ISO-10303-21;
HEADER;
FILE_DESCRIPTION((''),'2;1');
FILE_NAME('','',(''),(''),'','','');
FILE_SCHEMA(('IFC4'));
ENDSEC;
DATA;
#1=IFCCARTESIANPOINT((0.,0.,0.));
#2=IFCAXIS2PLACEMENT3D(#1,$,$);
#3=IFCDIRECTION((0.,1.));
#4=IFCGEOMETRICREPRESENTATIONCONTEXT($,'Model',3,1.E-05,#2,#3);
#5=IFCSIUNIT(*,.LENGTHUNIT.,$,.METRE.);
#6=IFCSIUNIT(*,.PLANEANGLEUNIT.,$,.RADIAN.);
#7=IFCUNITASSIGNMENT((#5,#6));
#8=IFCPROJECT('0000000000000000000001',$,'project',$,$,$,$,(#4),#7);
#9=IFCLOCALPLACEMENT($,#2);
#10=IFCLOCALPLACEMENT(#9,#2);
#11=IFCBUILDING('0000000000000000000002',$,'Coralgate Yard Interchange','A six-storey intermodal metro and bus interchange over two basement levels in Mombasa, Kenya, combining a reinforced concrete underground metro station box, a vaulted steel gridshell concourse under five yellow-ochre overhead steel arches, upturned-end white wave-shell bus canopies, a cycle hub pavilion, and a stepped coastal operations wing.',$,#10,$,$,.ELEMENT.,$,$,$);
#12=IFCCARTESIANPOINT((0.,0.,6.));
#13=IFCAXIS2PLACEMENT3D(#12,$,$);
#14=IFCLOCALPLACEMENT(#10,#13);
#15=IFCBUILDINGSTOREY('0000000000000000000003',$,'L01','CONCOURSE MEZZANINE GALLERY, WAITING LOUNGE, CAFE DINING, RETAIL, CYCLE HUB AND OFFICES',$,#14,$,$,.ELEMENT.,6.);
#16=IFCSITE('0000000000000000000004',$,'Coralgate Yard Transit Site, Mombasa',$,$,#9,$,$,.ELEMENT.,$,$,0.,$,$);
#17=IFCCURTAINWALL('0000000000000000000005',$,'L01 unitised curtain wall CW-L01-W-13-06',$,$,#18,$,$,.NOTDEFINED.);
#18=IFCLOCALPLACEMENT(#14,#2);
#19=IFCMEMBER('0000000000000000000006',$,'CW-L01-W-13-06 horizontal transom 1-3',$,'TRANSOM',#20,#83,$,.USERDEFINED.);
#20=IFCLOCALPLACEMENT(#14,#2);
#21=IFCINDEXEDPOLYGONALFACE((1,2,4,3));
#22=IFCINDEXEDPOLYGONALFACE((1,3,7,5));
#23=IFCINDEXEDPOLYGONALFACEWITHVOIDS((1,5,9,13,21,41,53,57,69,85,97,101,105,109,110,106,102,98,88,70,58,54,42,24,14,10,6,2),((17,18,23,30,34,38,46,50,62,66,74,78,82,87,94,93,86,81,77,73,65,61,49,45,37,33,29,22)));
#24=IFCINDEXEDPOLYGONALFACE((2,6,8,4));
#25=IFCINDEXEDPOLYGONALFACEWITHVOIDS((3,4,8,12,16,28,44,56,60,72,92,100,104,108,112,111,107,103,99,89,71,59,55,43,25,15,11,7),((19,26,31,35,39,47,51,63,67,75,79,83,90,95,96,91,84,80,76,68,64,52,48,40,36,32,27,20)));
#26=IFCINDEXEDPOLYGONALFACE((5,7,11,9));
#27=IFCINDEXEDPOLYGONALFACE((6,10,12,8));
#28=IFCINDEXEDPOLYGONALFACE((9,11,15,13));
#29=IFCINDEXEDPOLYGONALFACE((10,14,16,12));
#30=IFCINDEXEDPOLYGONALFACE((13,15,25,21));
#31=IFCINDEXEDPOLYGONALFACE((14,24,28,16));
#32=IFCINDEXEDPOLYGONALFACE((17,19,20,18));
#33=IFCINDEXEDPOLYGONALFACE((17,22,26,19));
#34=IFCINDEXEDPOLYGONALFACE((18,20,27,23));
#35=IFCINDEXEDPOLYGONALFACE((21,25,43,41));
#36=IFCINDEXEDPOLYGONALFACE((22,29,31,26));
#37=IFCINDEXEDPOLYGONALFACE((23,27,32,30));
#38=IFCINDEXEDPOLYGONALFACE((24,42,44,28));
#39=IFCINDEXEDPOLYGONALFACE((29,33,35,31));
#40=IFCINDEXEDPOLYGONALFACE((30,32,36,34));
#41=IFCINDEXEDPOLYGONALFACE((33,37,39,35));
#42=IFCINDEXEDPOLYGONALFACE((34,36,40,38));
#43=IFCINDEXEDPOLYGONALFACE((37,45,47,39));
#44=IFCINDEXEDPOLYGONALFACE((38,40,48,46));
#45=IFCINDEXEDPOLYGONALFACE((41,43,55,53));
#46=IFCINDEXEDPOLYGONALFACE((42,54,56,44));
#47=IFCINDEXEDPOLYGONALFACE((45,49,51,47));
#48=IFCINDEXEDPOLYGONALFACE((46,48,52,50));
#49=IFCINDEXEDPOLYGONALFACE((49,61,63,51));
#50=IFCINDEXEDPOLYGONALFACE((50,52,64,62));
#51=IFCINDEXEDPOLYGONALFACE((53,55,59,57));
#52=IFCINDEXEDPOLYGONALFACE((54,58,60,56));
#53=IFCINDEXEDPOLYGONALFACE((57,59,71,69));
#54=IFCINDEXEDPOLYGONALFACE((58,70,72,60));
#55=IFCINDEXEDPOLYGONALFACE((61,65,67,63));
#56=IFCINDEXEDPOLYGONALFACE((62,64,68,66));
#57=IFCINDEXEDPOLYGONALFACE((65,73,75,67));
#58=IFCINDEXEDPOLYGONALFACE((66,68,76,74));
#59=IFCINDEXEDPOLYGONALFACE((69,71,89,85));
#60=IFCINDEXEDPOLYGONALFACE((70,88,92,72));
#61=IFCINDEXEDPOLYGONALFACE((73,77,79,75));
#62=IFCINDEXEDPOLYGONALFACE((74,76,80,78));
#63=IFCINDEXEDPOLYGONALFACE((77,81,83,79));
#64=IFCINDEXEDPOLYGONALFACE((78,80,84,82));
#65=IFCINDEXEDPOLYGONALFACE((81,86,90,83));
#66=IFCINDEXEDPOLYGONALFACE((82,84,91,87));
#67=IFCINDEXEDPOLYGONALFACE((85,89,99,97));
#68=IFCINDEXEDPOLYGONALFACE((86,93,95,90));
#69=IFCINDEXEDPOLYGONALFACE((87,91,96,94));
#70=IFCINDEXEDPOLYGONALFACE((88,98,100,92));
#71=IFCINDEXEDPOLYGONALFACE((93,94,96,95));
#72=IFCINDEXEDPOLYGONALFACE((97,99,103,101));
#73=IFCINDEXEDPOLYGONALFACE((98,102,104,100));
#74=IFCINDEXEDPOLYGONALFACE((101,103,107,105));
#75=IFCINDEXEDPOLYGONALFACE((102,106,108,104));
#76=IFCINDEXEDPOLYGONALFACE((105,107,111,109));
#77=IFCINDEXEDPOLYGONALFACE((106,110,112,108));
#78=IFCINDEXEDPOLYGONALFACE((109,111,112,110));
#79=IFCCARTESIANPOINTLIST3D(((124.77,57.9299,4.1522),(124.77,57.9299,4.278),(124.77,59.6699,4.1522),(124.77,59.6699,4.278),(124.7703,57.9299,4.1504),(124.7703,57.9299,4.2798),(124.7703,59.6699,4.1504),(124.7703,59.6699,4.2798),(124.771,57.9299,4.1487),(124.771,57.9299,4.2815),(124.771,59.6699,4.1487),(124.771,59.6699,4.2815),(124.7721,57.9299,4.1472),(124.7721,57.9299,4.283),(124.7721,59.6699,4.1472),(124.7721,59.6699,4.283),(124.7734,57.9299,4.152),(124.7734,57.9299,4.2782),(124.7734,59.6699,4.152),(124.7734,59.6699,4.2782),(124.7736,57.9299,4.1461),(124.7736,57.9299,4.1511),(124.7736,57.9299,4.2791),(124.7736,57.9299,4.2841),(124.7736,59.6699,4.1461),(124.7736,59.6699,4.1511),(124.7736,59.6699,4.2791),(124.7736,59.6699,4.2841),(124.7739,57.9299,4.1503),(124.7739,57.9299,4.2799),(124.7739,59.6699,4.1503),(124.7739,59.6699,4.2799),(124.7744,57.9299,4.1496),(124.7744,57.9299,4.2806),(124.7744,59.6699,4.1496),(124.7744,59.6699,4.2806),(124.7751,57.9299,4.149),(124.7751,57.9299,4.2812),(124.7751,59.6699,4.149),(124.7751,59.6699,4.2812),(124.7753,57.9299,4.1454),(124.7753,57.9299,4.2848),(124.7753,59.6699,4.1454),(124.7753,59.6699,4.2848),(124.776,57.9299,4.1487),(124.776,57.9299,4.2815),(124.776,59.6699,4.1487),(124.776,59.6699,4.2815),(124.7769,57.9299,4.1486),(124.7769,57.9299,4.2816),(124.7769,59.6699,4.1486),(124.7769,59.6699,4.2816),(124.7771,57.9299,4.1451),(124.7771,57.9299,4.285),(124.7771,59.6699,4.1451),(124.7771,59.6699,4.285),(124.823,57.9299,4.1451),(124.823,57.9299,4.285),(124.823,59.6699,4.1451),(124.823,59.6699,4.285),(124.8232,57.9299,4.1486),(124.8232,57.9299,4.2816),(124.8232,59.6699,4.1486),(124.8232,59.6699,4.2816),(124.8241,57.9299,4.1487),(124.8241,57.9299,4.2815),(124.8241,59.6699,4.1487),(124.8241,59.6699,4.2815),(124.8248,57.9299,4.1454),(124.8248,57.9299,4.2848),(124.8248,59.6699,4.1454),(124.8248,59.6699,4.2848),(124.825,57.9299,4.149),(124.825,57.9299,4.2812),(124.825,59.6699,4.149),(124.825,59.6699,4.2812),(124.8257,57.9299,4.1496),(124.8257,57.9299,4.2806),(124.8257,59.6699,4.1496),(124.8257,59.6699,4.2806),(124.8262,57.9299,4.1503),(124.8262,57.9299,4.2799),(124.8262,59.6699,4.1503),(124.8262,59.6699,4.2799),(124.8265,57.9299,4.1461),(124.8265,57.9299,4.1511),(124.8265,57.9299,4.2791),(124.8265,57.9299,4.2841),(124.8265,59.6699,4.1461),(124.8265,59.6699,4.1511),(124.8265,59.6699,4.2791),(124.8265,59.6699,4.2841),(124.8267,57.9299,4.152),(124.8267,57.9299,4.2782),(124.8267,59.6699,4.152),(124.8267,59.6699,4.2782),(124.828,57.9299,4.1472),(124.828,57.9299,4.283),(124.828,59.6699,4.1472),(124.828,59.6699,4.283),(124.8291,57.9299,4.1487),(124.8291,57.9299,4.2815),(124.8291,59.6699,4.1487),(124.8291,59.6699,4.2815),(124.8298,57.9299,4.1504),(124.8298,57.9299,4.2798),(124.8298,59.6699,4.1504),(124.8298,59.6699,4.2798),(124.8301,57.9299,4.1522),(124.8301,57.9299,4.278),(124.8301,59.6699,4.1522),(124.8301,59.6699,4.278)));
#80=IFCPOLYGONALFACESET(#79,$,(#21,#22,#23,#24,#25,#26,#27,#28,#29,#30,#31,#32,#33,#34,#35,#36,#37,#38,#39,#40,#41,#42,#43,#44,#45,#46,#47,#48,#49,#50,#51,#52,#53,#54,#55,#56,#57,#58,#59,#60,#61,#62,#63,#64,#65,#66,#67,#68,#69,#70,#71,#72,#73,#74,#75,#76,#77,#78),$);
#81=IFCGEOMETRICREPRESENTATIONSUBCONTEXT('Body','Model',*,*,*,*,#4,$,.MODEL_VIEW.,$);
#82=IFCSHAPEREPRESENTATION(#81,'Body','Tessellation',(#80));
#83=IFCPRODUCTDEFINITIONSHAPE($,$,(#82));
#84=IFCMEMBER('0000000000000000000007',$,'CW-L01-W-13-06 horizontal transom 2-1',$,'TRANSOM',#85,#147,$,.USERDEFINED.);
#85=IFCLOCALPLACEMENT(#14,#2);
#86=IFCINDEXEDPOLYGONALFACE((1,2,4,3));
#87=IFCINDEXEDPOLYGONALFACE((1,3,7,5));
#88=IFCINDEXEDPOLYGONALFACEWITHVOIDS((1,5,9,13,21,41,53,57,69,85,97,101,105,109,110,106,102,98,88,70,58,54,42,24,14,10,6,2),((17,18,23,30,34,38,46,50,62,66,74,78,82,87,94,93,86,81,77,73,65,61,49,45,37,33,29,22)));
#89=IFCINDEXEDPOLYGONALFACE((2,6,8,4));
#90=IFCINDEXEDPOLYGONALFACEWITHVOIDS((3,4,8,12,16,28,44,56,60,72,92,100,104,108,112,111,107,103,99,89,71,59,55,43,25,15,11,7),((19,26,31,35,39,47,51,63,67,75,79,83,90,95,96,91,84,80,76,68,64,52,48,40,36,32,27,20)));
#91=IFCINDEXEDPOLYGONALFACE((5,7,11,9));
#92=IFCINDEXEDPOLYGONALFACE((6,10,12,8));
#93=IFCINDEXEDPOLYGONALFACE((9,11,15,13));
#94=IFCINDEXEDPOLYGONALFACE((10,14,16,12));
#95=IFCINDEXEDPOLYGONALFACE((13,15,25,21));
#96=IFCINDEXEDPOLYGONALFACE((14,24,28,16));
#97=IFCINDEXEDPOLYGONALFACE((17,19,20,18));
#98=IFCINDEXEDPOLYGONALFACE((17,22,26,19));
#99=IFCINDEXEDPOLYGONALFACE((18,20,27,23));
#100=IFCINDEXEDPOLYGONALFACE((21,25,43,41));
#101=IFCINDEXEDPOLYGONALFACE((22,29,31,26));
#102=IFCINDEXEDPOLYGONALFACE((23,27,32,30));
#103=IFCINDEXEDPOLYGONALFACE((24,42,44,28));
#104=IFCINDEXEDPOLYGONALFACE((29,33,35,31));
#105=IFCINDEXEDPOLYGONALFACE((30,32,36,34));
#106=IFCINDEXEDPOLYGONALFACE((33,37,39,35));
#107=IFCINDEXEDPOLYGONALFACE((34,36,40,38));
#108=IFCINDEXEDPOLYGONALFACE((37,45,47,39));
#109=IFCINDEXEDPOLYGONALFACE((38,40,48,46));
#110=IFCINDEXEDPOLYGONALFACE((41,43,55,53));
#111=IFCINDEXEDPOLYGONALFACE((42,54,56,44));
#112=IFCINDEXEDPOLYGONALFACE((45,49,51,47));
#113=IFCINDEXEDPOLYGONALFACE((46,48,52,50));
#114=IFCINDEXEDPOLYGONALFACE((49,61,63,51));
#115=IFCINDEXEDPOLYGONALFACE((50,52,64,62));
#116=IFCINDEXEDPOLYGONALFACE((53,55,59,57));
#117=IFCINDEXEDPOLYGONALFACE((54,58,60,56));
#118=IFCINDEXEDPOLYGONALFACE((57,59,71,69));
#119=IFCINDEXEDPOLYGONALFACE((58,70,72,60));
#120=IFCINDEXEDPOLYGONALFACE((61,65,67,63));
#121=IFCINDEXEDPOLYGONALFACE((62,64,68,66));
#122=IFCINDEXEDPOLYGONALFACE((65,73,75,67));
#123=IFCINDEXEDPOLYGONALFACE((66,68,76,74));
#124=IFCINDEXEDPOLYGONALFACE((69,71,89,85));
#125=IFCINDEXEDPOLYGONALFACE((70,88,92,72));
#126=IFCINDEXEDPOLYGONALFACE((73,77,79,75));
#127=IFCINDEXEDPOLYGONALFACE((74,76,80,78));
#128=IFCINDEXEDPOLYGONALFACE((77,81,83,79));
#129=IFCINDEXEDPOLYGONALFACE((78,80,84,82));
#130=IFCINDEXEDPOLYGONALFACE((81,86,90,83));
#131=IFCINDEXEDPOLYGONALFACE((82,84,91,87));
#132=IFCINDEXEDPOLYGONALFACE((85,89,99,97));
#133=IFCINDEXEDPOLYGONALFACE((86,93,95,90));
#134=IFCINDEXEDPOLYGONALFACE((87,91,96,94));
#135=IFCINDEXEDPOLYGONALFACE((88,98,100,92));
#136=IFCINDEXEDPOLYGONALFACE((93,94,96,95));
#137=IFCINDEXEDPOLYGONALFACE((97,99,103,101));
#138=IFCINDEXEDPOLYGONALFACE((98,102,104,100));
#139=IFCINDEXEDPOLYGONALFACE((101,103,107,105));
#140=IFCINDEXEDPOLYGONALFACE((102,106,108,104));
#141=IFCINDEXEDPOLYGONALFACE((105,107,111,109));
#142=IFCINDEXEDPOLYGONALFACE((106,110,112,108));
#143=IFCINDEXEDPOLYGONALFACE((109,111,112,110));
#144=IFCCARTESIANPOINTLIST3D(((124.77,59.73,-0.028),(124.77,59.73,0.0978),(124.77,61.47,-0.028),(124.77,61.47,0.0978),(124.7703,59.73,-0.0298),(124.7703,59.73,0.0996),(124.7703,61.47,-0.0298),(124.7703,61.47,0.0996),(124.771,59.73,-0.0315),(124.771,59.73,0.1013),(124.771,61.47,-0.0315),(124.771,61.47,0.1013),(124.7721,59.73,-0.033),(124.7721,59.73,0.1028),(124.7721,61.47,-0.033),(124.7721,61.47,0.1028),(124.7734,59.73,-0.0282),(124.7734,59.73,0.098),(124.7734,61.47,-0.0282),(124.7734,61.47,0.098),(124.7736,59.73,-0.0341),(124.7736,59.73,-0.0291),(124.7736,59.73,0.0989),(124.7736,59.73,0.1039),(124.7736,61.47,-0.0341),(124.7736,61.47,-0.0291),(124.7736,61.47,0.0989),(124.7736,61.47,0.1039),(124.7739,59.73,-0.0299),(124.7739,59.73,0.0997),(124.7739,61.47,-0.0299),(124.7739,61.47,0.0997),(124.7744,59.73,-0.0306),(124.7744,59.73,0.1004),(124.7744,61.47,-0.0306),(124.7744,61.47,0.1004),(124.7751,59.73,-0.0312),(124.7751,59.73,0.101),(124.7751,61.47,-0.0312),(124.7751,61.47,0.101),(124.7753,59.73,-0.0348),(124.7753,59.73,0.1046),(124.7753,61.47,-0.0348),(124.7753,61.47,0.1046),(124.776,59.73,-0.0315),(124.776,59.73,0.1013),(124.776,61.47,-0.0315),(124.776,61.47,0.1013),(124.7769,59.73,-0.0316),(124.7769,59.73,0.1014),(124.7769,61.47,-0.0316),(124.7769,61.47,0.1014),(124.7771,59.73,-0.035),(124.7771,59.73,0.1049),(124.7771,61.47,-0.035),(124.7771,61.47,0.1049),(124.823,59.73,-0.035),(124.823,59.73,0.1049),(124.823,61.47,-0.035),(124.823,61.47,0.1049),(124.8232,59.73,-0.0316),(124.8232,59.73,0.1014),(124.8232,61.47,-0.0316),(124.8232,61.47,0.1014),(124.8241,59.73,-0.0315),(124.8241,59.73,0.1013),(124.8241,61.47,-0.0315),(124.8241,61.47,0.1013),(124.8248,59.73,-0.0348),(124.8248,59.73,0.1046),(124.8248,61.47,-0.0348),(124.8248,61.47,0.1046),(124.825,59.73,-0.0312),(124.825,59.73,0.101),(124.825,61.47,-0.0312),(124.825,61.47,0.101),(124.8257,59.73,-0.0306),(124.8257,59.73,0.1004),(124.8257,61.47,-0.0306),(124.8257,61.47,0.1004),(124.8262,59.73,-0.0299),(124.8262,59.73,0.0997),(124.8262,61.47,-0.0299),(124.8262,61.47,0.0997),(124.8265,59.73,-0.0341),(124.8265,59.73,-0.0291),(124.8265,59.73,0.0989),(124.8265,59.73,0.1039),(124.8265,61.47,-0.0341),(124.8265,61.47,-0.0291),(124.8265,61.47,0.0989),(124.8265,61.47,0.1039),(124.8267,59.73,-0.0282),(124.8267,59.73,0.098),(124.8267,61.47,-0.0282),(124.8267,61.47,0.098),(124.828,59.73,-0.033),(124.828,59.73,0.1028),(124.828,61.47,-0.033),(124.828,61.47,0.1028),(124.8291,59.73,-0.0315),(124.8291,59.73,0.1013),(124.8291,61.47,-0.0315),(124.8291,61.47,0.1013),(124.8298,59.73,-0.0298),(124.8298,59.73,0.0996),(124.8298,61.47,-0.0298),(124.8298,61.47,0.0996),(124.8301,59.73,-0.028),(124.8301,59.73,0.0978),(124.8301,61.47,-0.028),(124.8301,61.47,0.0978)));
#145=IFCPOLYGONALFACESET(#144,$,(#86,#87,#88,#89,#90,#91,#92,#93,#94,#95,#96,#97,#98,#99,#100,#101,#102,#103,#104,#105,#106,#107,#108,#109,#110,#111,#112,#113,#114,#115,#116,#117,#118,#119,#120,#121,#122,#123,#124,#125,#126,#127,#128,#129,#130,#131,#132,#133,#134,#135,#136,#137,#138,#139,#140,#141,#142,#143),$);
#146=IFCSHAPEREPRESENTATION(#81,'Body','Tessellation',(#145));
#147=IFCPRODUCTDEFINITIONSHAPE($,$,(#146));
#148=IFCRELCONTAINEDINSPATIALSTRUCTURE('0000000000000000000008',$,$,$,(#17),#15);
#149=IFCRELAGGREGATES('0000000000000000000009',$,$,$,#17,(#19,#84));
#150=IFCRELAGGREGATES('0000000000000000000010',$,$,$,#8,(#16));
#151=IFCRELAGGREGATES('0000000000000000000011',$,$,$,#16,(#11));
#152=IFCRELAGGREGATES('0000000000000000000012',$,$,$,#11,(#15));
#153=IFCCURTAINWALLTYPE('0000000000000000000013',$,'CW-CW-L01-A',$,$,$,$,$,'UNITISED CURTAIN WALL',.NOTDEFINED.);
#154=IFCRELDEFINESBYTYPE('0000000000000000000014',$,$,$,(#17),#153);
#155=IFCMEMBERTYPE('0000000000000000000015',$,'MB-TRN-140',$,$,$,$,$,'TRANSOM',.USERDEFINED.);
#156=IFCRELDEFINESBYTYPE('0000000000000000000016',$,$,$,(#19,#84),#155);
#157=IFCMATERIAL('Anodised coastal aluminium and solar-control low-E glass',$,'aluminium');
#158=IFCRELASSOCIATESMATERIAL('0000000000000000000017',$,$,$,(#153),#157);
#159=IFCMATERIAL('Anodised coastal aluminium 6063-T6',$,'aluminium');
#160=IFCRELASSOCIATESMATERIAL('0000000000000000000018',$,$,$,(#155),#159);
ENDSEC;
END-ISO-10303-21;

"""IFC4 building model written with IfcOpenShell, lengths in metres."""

from ifc_helpers import new_model, si_unit, direction, frame, origin, origin_2d, place, context, subcontext, project, spatial, hollow_rectangle, extrude, material, material_profile, profile_set, type_object, element, aggregate, save


model = new_model("IFC4")

# Units and contexts
model_context = context("Model", 3, precision=1e-05, world=origin(), true_north=direction((0.0, 1.0)))
body_context = subcontext(model_context, "Body", "Model", "MODEL_VIEW")
ifc_project = project(units=[si_unit("LENGTHUNIT", "METRE"), si_unit("PLANEANGLEUNIT", "RADIAN")], contexts=[model_context])

# Site, building, storey
site_placement = place(None, origin())
site = spatial("IfcSite", under=ifc_project, at=site_placement, Name="Coralgate Yard Transit Site, Mombasa", CompositionType="ELEMENT", RefElevation=0.0)
building_placement = place(site_placement, origin())
building = spatial("IfcBuilding", under=site, at=building_placement, Name="Coralgate Yard Interchange", Description="A six-storey intermodal metro and bus interchange over two basement levels in Mombasa, Kenya, combining a reinforced concrete underground metro station box, a vaulted steel gridshell concourse under five yellow-ochre overhead steel arches, upturned-end white wave-shell bus canopies, a cycle hub pavilion, and a stepped coastal operations wing.", CompositionType="ELEMENT")
storey_placement = place(building_placement, frame((0.0, 0.0, 6.0)))
storey = spatial("IfcBuildingStorey", under=building, at=storey_placement, Name="L01", Description="CONCOURSE MEZZANINE GALLERY, WAITING LOUNGE, CAFE DINING, RETAIL, CYCLE HUB AND OFFICES", CompositionType="ELEMENT", Elevation=6.0)

# Curtain wall
ifc_material_1 = material(Name="Anodised coastal aluminium and solar-control low-E glass", Category="aluminium")
curtain_wall_type = type_object("IfcCurtainWallType", Name="CW-CW-L01-A", ElementType="UNITISED CURTAIN WALL", PredefinedType="NOTDEFINED", material=ifc_material_1)
ifc_material_2 = material(Name="Anodised coastal aluminium 6063-T6", Category="aluminium")
curtain_wall_1_placement = place(storey_placement, origin())
curtain_wall_1 = element("IfcCurtainWall", 1, at=curtain_wall_1_placement, inside=storey, type_object=curtain_wall_type, Name="L01 unitised curtain wall CW-L01-W-13-06", PredefinedType="NOTDEFINED")

# Members
ifc_material_profile_1 = material_profile(ifc_material_2, hollow_rectangle(XDim=0.0601, YDim=0.1399, WallThickness=0.0034, InnerFilletRadius=0.0034, OuterFilletRadius=0.0071, at=origin_2d()), Name="ALU 60x140x3.5")
ifc_profile_set_1 = profile_set([ifc_material_profile_1], Name="Anodised coastal aluminium 6063-T6")
member_type_1 = type_object("IfcMemberType", Name="MB-TRN-140", ElementType="TRANSOM", PredefinedType="USERDEFINED", material=ifc_profile_set_1)
member_1_placement = place(storey_placement, frame((124.8, 57.9299, 4.2151), z_axis=(0.0, 1.0, 0.0), x_axis=(-1.0, 0.0, 0.0)))
member_1 = element("IfcMember", 2, at=member_1_placement, type_object=member_type_1, Name="CW-L01-W-13-06 horizontal transom 1-3", ObjectType="TRANSOM", PredefinedType="USERDEFINED", context=body_context, shape_type="SweptSolid", body=[
    extrude(hollow_rectangle(XDim=0.0601, YDim=0.1399, WallThickness=0.0034, InnerFilletRadius=0.0034, OuterFilletRadius=0.0071, at=origin_2d()), origin(), (0.0, 0.0, 1.0), 1.74),
])
member_2_placement = place(storey_placement, frame((124.8, 59.73, 0.0349), z_axis=(0.0, 1.0, 0.0), x_axis=(-1.0, 0.0, 0.0)))
member_2 = element("IfcMember", 3, at=member_2_placement, type_object=member_type_1, Name="CW-L01-W-13-06 horizontal transom 2-1", ObjectType="TRANSOM", PredefinedType="USERDEFINED", context=body_context, shape_type="SweptSolid", body=[
    extrude(hollow_rectangle(XDim=0.0601, YDim=0.1399, WallThickness=0.0034, InnerFilletRadius=0.0034, OuterFilletRadius=0.0071, at=origin_2d()), origin(), (0.0, 0.0, 1.0), 1.74),
])

aggregate(curtain_wall_1, [member_1, member_2])

save(model, "model.ifc")
